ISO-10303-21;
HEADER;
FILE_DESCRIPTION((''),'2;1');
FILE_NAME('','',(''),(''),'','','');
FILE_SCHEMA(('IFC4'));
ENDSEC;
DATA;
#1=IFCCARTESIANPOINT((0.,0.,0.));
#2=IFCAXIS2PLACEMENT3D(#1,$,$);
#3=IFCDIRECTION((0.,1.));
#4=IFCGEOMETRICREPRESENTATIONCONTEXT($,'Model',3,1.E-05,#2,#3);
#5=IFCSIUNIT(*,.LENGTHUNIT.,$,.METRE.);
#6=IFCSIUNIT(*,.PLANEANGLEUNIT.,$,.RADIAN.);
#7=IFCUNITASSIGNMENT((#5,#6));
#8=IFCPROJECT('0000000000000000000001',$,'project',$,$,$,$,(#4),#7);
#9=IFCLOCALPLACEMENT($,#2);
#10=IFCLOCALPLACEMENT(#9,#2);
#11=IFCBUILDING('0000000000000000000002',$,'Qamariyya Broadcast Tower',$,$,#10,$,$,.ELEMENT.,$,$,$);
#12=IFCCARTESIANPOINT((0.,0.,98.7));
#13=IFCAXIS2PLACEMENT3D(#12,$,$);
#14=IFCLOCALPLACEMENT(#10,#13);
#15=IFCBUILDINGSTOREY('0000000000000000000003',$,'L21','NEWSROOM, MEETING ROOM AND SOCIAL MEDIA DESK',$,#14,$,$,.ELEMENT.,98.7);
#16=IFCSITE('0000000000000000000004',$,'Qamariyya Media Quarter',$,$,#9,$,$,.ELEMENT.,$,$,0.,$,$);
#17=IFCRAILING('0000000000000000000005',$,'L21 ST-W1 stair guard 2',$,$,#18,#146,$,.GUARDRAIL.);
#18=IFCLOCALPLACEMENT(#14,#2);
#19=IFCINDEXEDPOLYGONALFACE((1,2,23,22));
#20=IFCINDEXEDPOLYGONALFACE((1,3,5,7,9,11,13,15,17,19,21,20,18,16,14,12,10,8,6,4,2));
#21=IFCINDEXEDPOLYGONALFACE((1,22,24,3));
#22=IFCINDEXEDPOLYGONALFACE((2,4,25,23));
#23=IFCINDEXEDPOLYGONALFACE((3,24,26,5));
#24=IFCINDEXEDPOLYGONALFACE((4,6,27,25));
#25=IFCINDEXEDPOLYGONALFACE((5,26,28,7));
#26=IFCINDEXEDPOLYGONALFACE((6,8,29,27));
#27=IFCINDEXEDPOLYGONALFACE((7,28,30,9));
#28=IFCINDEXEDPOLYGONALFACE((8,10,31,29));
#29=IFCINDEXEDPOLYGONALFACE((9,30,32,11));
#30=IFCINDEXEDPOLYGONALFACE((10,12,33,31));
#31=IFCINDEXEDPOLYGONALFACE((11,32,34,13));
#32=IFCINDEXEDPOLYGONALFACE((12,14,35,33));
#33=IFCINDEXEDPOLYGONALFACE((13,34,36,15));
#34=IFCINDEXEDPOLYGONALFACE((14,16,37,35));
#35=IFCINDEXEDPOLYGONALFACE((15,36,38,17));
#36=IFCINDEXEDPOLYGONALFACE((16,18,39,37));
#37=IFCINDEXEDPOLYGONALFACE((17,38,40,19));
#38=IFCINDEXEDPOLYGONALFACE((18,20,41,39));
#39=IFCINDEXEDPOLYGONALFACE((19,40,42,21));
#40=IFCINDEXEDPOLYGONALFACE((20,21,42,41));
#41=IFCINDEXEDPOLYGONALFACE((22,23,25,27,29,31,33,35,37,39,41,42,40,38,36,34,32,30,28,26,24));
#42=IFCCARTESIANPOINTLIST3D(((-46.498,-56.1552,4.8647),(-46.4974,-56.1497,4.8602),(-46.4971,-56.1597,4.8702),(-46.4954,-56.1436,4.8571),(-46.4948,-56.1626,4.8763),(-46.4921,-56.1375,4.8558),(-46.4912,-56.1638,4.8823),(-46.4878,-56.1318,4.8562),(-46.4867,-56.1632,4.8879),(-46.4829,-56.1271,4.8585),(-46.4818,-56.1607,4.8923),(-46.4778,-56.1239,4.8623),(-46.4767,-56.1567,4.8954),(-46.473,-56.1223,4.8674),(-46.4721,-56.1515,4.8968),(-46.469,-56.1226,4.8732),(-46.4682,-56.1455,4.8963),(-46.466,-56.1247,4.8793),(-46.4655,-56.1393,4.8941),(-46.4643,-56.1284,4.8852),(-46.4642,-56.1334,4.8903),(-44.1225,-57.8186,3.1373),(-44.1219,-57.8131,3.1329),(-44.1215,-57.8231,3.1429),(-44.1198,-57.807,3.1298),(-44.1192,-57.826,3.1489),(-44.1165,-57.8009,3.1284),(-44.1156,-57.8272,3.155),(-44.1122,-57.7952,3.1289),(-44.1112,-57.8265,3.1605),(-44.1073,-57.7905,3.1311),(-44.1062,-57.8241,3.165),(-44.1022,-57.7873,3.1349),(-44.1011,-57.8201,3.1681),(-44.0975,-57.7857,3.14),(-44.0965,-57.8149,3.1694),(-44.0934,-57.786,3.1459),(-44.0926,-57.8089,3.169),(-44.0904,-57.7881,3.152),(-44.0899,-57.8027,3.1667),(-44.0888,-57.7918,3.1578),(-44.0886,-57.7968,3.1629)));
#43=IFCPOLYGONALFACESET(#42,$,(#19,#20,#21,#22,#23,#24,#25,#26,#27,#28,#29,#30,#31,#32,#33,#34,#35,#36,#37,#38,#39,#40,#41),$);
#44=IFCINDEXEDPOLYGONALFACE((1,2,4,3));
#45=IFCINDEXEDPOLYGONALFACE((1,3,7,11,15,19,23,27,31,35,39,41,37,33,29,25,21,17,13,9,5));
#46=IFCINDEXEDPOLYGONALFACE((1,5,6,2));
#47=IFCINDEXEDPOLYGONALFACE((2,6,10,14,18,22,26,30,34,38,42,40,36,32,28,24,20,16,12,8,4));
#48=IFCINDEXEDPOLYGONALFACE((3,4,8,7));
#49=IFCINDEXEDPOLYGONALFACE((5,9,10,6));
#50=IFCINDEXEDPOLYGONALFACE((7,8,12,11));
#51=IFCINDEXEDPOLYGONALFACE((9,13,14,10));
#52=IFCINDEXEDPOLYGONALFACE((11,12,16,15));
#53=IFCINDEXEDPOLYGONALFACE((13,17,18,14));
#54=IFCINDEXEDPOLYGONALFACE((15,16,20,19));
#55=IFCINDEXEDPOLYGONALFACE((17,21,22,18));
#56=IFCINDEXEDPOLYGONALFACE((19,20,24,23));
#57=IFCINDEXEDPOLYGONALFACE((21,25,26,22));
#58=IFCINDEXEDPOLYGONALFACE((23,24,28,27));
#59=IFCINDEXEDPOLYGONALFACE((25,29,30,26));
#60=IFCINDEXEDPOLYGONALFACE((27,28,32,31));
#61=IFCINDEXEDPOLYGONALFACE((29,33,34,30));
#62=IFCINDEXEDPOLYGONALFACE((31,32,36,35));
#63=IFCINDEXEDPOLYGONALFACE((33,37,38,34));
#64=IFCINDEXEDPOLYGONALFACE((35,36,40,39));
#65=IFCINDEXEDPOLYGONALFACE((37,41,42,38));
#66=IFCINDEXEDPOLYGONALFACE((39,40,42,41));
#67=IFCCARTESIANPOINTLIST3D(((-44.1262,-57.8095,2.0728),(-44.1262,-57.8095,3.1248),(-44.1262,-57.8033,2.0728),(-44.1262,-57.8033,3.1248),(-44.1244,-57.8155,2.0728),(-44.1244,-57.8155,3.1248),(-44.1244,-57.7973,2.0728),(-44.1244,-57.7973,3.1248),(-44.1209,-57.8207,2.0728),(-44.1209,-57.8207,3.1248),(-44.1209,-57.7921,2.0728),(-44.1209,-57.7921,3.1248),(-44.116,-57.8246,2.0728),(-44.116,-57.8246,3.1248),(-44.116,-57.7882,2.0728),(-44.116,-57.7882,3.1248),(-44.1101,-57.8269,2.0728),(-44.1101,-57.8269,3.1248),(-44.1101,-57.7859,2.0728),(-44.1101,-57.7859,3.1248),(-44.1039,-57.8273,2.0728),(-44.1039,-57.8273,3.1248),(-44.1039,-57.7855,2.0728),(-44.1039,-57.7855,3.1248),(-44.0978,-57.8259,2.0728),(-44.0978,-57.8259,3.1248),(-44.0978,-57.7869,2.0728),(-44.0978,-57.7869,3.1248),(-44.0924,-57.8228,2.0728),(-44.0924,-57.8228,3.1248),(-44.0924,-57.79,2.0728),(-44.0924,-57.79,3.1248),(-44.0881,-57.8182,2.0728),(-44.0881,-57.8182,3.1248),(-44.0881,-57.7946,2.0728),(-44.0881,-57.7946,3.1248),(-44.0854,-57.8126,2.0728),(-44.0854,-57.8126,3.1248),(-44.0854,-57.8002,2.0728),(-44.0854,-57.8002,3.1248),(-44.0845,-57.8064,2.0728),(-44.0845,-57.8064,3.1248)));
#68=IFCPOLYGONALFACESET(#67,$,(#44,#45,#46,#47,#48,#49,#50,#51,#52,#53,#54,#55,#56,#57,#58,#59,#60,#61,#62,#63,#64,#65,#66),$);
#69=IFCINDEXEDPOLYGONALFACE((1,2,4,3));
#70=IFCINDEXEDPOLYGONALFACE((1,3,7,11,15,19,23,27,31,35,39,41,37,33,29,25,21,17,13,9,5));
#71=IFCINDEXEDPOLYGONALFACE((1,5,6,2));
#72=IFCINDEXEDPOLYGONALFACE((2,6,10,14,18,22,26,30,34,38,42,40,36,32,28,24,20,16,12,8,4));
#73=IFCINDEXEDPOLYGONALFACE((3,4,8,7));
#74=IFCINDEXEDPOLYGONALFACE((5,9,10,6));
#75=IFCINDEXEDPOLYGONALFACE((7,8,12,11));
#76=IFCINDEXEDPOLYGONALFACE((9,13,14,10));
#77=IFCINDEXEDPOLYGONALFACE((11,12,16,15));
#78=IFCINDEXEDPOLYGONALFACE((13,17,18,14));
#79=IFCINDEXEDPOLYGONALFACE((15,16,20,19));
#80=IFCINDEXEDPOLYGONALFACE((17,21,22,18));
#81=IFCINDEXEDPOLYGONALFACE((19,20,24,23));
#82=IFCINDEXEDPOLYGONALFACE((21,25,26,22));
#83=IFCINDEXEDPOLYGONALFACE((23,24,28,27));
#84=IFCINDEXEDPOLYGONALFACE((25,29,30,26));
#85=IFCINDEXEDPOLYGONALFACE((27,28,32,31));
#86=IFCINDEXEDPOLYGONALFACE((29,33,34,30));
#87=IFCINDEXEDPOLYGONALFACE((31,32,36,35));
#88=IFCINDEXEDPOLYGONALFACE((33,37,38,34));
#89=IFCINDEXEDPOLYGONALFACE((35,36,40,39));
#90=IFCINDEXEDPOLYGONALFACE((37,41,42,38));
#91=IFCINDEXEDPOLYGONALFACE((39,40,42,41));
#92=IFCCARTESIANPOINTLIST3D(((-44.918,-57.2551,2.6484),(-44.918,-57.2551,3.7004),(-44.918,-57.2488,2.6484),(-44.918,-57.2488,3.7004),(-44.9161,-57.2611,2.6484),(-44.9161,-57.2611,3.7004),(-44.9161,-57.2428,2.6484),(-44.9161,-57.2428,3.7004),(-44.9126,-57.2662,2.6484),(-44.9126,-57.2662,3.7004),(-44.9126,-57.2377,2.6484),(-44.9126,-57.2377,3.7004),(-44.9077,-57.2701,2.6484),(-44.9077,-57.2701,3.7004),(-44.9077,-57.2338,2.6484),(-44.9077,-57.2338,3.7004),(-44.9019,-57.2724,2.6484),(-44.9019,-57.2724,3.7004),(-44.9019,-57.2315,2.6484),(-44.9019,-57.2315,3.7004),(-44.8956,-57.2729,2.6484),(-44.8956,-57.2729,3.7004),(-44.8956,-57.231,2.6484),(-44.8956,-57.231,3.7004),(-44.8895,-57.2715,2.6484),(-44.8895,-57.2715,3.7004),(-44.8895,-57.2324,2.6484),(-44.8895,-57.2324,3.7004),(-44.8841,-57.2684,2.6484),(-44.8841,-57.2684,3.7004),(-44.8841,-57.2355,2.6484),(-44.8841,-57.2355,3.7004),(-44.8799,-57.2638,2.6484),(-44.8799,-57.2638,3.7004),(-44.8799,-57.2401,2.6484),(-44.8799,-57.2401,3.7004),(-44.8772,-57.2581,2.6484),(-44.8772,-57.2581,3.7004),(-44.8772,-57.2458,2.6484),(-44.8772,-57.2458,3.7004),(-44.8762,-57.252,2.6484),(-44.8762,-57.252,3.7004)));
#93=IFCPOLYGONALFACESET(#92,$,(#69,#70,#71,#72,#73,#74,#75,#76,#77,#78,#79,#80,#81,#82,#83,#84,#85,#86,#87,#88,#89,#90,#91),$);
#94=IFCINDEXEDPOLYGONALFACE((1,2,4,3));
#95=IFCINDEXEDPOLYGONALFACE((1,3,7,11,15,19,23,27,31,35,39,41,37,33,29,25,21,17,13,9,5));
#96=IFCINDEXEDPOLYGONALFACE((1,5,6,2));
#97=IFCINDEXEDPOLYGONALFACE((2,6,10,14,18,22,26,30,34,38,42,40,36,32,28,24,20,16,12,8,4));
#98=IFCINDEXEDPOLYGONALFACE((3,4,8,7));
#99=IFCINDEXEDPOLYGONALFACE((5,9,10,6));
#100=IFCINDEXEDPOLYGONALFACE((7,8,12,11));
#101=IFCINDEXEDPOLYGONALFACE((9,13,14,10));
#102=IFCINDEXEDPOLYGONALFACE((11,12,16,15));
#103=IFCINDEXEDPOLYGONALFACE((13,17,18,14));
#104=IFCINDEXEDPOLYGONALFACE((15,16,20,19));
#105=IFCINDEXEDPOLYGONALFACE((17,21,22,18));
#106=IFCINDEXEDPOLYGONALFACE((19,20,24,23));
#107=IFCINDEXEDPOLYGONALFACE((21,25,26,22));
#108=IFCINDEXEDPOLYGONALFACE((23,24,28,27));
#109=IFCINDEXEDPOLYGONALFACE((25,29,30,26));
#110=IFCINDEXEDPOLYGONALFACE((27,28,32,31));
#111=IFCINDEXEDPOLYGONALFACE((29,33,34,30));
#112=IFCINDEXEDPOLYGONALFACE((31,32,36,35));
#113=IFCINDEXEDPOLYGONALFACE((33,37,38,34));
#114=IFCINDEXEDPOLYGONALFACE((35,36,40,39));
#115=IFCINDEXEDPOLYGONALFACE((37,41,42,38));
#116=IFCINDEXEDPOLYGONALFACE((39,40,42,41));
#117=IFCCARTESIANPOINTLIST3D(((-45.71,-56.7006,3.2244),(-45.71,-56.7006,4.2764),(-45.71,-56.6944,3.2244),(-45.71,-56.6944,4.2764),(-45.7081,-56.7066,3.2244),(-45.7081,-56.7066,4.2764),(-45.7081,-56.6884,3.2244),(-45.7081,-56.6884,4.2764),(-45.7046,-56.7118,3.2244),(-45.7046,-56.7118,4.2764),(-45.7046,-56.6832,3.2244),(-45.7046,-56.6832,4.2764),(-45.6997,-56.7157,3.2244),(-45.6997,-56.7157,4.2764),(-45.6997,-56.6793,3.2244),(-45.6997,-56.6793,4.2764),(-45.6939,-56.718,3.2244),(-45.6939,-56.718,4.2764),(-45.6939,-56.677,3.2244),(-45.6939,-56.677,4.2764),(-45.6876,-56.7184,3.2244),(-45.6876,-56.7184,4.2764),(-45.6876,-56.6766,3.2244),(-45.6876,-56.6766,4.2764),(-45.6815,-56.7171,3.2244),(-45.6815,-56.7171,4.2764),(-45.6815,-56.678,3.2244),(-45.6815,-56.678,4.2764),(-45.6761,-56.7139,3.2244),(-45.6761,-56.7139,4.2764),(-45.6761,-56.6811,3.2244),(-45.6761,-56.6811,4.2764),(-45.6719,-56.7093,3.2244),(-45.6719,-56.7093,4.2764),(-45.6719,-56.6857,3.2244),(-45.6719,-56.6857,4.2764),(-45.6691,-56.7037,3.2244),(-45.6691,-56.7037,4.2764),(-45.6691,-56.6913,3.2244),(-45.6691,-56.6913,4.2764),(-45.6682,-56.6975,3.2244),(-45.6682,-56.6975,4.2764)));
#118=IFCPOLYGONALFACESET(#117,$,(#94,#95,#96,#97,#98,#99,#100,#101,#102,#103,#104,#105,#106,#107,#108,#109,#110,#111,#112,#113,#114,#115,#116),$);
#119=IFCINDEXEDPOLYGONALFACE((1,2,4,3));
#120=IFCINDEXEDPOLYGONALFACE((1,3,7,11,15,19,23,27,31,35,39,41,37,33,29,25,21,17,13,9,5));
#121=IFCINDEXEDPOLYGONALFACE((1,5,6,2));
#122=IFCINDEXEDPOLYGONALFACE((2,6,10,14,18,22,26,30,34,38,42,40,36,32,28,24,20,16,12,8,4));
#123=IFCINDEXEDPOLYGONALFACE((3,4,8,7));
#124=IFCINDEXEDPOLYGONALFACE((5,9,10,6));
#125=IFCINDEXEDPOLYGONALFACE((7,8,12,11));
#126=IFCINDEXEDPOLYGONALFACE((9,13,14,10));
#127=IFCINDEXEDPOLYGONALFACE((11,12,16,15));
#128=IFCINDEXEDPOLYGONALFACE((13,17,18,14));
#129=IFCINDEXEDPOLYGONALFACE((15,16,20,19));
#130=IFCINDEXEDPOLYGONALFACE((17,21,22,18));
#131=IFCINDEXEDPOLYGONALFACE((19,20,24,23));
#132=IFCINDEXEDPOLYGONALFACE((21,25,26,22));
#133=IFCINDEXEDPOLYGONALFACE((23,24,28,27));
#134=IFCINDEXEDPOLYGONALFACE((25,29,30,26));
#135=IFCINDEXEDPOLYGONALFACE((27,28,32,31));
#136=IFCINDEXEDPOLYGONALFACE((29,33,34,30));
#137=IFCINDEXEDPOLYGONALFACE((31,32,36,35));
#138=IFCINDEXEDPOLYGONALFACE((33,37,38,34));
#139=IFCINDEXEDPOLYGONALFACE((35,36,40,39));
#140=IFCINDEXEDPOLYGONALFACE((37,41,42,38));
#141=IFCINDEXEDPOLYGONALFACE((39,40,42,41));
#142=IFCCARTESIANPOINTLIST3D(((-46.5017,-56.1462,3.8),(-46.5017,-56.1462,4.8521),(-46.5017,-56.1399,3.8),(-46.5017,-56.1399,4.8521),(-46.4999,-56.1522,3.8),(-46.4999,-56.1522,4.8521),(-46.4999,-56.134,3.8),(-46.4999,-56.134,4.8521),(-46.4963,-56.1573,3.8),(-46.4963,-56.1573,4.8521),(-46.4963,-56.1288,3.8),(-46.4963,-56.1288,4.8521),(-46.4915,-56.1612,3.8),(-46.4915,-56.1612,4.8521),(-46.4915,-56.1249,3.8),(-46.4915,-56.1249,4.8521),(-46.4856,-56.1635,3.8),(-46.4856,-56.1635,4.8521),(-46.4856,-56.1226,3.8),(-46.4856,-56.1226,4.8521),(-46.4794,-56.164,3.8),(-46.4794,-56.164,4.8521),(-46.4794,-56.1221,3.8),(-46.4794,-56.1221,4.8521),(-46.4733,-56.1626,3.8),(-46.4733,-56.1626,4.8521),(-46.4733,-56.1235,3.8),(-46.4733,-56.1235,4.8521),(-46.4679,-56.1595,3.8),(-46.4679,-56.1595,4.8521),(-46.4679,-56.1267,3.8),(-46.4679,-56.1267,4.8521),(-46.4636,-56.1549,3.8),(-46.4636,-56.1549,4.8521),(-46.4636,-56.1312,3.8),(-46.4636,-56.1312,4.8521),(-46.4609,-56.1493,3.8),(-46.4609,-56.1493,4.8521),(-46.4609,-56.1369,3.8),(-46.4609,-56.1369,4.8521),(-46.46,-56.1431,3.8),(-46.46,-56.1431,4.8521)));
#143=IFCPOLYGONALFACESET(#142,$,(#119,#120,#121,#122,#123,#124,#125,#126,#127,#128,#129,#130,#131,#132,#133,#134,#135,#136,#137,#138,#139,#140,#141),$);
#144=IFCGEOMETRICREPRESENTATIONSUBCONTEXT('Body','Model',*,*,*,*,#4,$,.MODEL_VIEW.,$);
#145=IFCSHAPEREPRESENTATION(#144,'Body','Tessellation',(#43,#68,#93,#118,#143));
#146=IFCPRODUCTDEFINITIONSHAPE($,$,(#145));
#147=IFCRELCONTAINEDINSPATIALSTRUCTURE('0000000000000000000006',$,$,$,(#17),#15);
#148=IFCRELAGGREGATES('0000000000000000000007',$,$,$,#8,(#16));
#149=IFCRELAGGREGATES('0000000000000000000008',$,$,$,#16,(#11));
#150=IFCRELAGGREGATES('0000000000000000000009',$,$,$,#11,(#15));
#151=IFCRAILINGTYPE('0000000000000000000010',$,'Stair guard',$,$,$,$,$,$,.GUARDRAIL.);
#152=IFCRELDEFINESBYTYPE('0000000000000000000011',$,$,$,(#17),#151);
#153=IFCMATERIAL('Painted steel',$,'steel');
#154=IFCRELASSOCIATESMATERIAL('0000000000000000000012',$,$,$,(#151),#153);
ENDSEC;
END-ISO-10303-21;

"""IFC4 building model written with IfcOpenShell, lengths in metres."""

from ifc_helpers import new_model, si_unit, direction, frame, origin, origin_2d, place, context, subcontext, project, spatial, circle, extrude, material, type_object, element, save


model = new_model("IFC4")

# Units and contexts
model_context = context("Model", 3, precision=1e-05, world=origin(), true_north=direction((0.0, 1.0)))
body_context = subcontext(model_context, "Body", "Model", "MODEL_VIEW")
ifc_project = project(units=[si_unit("LENGTHUNIT", "METRE"), si_unit("PLANEANGLEUNIT", "RADIAN")], contexts=[model_context])

# Site, building, storey
site_placement = place(None, origin())
site = spatial("IfcSite", under=ifc_project, at=site_placement, Name="Qamariyya Media Quarter", CompositionType="ELEMENT", RefElevation=0.0)
building_placement = place(site_placement, origin())
building = spatial("IfcBuilding", under=site, at=building_placement, Name="Qamariyya Broadcast Tower", CompositionType="ELEMENT")
storey_placement = place(building_placement, frame((0.0, 0.0, 98.7)))
storey = spatial("IfcBuildingStorey", under=building, at=storey_placement, Name="L21", Description="NEWSROOM, MEETING ROOM AND SOCIAL MEDIA DESK", CompositionType="ELEMENT", Elevation=98.7)

# Railing
ifc_material_1 = material(Name="Painted steel", Category="steel")
railing_type_1 = type_object("IfcRailingType", Name="Stair guard", PredefinedType="GUARDRAIL", material=ifc_material_1)
railing_1_placement = place(storey_placement, frame((-44.1055, -57.8064, 2.0728)))
element("IfcRailing", 1, at=railing_1_placement, inside=storey, type_object=railing_type_1, Name="L21 ST-W1 stair guard 2", PredefinedType="GUARDRAIL", context=body_context, shape_type="SweptSolid", body=[
    extrude(circle(Radius=0.0239, at=origin_2d()), frame((0.0, 0.0, 1.0762), z_axis=(-0.70377, 0.492784, 0.511734), x_axis=(-0.573575, -0.819153, 0.0)), (0.0, 0.0, 1.0), 3.3755),
    extrude(circle(Radius=0.021, at=origin_2d()), origin(), (0.0, 0.0, 1.0), 1.052),
    extrude(circle(Radius=0.021, at=origin_2d()), frame((-0.7917, 0.5544, 0.5757)), (0.0, 0.0, 1.0), 1.052),
    extrude(circle(Radius=0.021, at=origin_2d()), frame((-1.5837, 1.1089, 1.1516)), (0.0, 0.0, 1.0), 1.052),
    extrude(circle(Radius=0.021, at=origin_2d()), frame((-2.3755, 1.6633, 1.7273)), (0.0, 0.0, 1.0), 1.052),
])

save(model, "model.ifc")
